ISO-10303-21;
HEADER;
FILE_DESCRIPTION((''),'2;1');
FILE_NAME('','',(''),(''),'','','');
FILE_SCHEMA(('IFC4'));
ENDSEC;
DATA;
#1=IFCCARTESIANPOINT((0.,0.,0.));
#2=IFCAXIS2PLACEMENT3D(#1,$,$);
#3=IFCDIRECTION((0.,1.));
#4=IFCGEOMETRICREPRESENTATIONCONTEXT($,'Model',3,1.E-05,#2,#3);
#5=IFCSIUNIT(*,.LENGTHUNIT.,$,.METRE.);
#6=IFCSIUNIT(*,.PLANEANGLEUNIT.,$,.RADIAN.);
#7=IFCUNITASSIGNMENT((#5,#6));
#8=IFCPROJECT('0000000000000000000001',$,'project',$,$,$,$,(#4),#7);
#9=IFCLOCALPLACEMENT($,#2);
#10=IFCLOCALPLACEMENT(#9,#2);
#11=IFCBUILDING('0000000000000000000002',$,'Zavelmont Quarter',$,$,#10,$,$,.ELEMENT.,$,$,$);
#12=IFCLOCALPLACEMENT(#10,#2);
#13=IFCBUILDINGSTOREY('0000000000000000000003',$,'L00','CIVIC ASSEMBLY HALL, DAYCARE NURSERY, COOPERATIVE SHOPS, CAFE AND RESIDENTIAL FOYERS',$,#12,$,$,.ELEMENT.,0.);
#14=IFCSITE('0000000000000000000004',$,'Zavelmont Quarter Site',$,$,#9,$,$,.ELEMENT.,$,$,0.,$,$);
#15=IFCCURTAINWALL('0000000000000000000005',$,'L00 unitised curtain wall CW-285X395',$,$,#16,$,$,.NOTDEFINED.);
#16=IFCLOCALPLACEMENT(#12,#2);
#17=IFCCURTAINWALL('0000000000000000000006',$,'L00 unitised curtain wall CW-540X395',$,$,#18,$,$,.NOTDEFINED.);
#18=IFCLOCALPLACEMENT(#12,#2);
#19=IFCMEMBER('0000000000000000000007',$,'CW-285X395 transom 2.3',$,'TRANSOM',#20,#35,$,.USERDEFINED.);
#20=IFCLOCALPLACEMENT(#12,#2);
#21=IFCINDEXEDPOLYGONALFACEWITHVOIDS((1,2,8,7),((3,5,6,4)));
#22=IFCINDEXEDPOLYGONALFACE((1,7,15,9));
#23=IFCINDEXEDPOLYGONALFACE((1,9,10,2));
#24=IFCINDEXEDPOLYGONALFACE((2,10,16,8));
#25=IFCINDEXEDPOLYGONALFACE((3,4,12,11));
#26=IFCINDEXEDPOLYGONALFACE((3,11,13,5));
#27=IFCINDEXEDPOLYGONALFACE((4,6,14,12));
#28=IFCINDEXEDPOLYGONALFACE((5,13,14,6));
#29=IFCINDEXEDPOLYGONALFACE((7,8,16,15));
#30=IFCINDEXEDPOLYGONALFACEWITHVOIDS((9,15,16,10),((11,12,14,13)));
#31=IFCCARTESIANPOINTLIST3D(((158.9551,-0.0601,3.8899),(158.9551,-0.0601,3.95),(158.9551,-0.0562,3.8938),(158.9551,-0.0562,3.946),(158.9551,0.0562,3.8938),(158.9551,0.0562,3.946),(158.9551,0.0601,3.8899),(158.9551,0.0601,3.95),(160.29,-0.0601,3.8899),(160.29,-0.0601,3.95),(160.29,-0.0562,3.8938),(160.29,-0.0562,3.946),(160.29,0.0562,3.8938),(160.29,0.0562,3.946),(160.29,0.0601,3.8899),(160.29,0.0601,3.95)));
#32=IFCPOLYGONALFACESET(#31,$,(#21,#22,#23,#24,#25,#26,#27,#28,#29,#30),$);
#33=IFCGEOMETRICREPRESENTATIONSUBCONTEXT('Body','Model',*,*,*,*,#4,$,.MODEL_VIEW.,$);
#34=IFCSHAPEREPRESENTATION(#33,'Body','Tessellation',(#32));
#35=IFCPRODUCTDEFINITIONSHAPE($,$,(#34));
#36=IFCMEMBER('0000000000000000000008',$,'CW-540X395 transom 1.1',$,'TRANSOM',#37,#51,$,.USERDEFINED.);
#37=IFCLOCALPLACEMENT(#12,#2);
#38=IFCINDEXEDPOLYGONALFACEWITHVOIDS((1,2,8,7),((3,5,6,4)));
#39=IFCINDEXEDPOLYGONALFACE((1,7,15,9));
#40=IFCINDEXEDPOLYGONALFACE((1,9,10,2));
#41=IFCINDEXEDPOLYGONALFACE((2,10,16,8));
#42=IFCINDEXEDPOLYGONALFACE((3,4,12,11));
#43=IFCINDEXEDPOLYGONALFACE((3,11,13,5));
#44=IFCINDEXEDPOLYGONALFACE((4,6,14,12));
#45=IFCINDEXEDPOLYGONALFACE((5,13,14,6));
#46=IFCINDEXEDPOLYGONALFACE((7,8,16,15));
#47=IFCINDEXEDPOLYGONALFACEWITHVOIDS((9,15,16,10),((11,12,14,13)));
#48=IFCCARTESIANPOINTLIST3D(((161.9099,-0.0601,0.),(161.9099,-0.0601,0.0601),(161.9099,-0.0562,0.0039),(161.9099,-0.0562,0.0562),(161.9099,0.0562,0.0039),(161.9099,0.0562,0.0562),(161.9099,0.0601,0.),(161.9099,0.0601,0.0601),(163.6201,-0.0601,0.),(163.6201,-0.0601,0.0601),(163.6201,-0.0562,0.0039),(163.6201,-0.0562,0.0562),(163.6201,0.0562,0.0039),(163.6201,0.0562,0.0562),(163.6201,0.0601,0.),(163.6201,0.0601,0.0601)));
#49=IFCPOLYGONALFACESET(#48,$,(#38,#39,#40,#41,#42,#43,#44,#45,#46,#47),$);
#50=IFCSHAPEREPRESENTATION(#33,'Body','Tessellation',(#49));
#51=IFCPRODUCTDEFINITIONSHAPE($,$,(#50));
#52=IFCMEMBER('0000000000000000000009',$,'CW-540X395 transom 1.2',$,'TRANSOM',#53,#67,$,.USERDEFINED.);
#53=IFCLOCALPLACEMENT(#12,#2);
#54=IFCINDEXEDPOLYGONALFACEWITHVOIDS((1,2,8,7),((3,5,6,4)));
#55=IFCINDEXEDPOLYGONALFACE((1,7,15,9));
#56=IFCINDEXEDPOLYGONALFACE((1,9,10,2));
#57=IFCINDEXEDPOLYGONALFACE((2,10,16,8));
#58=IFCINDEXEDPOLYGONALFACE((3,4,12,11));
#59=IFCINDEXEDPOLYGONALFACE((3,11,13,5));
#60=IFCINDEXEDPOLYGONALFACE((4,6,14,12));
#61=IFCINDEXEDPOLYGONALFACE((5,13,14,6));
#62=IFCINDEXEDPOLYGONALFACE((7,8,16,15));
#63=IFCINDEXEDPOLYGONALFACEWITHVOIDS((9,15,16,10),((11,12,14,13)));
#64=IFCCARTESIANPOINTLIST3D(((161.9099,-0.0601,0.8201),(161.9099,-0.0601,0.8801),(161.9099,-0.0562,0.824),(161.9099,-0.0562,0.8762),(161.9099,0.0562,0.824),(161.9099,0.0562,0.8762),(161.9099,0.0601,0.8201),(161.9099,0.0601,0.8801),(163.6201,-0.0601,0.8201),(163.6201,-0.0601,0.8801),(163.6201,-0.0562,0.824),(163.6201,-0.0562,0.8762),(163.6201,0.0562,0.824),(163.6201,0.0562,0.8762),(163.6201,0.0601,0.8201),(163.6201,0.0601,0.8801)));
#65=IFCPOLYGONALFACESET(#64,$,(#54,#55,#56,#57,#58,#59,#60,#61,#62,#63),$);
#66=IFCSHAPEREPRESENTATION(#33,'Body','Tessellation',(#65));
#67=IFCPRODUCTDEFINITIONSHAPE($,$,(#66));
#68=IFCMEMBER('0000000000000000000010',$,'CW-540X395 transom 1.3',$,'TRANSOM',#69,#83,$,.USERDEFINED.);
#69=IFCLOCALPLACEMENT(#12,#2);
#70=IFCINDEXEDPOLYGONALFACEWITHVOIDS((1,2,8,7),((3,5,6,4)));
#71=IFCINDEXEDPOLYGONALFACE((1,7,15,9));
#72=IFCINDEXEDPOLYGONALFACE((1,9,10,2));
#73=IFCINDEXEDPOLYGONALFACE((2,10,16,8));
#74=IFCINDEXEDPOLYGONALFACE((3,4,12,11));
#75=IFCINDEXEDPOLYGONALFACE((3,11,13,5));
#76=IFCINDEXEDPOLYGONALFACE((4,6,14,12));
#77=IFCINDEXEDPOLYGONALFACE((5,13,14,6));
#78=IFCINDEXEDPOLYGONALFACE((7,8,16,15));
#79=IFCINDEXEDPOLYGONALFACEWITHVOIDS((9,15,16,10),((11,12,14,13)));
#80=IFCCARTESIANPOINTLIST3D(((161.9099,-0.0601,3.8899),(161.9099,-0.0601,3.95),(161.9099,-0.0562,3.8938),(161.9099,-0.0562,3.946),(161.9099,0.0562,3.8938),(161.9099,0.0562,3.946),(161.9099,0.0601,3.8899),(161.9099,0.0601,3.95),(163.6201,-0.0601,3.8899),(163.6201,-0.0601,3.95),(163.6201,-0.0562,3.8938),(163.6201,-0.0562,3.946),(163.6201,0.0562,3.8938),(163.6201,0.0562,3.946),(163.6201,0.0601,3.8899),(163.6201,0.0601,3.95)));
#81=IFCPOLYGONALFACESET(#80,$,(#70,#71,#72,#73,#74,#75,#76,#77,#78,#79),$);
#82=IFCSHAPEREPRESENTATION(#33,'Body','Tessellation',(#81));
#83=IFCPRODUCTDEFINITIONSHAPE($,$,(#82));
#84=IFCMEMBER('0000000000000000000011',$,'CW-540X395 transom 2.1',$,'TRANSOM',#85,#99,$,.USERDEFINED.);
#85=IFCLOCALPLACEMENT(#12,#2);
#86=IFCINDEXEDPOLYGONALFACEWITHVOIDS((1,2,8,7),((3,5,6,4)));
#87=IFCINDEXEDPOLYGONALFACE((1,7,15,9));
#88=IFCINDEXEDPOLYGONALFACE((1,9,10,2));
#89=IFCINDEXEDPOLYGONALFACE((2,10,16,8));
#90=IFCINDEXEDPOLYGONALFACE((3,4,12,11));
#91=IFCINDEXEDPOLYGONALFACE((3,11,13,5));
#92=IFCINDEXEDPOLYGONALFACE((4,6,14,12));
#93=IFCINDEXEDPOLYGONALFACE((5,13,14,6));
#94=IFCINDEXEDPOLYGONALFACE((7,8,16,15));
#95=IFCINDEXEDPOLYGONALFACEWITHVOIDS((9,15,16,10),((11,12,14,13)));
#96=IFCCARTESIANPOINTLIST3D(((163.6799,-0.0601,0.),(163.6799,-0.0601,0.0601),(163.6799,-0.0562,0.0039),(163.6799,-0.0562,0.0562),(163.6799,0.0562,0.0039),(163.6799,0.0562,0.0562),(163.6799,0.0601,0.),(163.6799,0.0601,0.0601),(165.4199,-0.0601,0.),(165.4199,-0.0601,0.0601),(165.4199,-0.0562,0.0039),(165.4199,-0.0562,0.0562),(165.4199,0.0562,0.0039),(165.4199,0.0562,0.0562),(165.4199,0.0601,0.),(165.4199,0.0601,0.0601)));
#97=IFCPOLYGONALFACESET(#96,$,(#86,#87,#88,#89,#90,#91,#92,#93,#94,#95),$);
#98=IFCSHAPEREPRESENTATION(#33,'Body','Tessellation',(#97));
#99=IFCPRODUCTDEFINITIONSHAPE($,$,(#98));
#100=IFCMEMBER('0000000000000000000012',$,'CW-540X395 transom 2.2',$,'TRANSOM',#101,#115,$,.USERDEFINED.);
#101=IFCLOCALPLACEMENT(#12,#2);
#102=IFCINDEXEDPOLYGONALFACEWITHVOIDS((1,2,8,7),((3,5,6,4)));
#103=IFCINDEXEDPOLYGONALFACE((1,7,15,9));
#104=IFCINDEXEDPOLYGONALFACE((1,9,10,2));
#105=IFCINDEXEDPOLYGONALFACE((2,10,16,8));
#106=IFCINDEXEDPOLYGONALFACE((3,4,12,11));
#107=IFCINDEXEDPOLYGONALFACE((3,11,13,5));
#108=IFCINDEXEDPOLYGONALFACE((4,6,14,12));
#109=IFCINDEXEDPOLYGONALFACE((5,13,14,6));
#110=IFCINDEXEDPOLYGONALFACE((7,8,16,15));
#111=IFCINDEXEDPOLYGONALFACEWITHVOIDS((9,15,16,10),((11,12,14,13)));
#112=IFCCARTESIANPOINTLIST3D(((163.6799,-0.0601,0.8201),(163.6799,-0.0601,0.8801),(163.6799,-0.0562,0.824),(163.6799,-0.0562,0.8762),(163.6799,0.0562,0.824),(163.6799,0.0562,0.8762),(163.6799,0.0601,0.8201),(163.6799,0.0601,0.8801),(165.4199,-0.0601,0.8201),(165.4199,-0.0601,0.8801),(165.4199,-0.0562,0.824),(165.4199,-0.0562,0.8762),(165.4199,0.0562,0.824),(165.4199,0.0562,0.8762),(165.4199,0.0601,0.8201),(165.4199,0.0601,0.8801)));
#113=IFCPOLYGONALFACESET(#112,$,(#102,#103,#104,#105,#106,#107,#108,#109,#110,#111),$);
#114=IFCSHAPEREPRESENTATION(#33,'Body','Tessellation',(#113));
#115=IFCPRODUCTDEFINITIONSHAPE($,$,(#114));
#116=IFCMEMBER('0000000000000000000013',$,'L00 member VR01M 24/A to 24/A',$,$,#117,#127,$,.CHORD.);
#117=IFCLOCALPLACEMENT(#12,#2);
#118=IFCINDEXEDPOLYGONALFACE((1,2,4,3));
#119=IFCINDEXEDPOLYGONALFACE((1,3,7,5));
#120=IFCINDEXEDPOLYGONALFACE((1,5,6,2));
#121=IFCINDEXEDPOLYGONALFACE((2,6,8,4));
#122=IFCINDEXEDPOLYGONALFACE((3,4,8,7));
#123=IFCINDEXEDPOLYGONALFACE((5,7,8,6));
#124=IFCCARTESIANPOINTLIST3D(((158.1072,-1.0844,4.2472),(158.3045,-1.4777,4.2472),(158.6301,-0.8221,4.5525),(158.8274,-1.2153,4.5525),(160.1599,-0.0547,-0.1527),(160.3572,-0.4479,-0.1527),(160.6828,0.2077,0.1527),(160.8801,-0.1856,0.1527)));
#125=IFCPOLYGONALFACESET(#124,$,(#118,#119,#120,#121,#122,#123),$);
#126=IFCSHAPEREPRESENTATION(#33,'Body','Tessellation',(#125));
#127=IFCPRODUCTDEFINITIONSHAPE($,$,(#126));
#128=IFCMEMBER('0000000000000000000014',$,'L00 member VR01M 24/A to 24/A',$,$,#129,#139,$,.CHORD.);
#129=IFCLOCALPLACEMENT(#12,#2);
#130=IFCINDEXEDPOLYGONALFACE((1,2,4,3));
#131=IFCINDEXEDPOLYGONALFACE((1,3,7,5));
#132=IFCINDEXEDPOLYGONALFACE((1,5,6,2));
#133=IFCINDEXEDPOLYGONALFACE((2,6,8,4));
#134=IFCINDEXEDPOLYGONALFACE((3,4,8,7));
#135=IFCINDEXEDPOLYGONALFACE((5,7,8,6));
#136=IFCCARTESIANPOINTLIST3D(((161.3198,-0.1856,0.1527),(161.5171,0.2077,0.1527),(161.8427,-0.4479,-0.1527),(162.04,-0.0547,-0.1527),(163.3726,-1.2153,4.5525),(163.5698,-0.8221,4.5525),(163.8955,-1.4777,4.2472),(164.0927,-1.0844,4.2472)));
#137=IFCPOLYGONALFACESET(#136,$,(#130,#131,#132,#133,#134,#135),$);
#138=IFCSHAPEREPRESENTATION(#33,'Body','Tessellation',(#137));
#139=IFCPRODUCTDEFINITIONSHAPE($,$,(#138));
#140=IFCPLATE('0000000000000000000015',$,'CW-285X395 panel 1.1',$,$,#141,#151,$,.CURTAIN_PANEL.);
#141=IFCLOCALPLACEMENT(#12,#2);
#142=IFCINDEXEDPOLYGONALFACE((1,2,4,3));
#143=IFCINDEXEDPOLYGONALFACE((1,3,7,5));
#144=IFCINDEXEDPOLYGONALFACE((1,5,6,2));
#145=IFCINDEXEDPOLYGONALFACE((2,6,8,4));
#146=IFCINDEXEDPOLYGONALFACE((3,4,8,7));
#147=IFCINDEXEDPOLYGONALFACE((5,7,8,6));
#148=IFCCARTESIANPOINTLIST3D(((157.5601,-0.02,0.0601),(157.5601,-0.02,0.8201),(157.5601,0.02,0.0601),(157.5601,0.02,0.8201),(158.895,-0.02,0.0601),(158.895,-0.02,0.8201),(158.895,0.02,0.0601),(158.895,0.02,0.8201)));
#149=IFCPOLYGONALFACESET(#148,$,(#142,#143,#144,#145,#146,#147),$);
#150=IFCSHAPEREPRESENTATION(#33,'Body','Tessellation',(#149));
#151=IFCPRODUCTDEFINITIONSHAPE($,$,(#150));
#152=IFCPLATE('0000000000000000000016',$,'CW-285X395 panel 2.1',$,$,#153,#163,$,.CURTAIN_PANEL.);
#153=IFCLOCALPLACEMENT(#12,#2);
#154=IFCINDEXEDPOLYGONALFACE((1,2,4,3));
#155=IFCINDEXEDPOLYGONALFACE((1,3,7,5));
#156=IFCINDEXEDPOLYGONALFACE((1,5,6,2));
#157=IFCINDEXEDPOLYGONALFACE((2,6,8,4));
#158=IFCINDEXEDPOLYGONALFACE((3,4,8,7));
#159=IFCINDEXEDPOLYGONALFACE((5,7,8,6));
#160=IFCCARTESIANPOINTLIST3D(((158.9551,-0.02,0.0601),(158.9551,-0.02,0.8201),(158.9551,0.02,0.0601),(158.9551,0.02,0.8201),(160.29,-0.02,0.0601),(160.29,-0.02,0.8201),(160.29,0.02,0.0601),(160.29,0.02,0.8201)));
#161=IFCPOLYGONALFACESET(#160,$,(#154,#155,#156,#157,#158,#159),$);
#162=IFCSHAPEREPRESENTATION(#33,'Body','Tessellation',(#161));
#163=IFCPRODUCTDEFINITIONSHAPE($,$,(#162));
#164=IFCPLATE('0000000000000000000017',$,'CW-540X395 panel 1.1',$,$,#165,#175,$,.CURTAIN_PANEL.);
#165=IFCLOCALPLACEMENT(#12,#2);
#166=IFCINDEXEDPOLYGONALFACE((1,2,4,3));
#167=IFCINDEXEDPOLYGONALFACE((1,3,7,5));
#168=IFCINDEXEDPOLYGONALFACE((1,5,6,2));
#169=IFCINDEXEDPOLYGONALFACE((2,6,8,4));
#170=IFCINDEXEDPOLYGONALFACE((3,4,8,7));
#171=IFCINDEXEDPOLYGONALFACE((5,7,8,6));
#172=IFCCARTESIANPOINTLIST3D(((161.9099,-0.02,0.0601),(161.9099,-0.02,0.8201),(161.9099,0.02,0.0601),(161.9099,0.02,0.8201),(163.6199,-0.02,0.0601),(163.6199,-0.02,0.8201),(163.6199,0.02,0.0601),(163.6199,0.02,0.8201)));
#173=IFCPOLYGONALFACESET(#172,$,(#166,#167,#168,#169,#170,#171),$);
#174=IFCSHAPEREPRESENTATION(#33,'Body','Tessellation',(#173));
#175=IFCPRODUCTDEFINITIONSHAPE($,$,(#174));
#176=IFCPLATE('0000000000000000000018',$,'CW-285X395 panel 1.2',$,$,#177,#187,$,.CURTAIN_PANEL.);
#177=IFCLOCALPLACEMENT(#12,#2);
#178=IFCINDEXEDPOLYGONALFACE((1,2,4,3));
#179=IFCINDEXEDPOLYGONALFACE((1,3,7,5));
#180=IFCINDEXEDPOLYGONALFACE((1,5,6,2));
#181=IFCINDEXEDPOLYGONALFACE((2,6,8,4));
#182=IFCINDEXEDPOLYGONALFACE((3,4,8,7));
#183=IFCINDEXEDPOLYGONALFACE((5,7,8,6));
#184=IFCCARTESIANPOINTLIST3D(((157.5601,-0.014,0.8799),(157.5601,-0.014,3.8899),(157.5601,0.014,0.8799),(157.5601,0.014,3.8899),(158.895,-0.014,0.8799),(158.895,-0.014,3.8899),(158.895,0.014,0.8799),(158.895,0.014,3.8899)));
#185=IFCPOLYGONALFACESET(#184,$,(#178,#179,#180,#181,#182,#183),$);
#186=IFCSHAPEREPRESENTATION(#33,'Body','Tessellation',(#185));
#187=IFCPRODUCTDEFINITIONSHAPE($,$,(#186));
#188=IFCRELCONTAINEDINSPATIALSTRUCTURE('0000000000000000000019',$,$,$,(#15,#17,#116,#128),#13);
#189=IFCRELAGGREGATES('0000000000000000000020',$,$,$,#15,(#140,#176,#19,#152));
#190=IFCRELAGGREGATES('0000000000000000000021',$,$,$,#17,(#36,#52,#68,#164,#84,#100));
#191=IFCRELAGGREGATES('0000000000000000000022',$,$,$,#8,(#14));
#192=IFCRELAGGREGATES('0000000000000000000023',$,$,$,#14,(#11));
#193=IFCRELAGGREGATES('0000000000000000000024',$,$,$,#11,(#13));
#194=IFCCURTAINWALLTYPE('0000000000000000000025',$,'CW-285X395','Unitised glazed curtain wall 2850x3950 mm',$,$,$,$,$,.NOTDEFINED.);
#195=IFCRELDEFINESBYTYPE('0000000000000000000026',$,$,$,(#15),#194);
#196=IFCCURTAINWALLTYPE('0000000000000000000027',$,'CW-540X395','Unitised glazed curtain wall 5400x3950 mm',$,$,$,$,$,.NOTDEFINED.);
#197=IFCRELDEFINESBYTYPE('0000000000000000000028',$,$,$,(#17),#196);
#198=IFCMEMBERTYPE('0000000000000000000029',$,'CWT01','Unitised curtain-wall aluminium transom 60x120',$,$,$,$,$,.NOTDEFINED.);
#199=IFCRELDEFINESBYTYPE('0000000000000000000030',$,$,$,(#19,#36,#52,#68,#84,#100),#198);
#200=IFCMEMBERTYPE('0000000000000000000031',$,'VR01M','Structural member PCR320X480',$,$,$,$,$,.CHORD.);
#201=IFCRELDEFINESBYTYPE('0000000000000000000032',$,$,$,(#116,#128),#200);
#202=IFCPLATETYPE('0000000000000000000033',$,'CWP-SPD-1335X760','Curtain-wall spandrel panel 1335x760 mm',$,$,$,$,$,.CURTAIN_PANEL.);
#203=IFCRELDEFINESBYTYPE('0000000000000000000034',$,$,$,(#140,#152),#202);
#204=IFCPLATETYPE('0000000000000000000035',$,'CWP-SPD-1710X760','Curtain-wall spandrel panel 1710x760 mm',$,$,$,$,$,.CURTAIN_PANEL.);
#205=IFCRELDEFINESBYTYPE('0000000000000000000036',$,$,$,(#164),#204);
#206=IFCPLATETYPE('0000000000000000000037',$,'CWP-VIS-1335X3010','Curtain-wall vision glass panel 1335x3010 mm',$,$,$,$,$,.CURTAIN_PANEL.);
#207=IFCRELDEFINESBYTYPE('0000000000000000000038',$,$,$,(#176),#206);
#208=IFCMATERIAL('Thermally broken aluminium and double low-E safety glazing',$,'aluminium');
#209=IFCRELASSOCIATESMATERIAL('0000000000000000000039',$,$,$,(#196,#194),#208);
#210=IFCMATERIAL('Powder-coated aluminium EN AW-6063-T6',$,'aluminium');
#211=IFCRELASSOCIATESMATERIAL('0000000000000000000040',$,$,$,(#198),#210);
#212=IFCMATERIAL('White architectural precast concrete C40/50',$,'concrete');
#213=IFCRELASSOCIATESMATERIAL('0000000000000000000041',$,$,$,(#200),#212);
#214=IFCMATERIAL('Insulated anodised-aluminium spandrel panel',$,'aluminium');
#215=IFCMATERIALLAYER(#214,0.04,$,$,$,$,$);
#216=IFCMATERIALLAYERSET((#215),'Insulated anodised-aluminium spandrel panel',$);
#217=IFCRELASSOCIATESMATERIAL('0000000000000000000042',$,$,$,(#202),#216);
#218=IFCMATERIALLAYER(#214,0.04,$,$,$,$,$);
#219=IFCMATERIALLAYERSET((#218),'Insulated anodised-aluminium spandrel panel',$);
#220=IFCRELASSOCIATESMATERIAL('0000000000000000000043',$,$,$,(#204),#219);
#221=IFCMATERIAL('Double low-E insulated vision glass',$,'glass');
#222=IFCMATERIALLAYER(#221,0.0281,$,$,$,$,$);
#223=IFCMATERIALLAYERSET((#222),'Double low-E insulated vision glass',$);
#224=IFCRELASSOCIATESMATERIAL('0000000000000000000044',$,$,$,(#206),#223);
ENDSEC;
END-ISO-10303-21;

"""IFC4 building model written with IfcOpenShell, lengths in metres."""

from ifc_helpers import new_model, si_unit, direction, frame, origin, origin_2d, place, context, subcontext, project, spatial, rectangle, hollow_rectangle, extrude, material, layer, layer_set, material_profile, profile_set, type_object, element, aggregate, save


model = new_model("IFC4")

# Units and contexts
model_context = context("Model", 3, precision=1e-05, world=origin(), true_north=direction((0.0, 1.0)))
body_context = subcontext(model_context, "Body", "Model", "MODEL_VIEW")
ifc_project = project(units=[si_unit("LENGTHUNIT", "METRE"), si_unit("PLANEANGLEUNIT", "RADIAN")], contexts=[model_context])

# Site, building, storey
site_placement = place(None, origin())
site = spatial("IfcSite", under=ifc_project, at=site_placement, Name="Zavelmont Quarter Site", CompositionType="ELEMENT", RefElevation=0.0)
building_placement = place(site_placement, origin())
building = spatial("IfcBuilding", under=site, at=building_placement, Name="Zavelmont Quarter", CompositionType="ELEMENT")
storey_placement = place(building_placement, origin())
storey = spatial("IfcBuildingStorey", under=building, at=storey_placement, Name="L00", Description="CIVIC ASSEMBLY HALL, DAYCARE NURSERY, COOPERATIVE SHOPS, CAFE AND RESIDENTIAL FOYERS", CompositionType="ELEMENT", Elevation=0.0)

# Shared definitions
ifc_material_1 = material(Name="Thermally broken aluminium and double low-E safety glazing", Category="aluminium")
curtain_wall_type_1 = type_object("IfcCurtainWallType", Name="CW-540X395", Description="Unitised glazed curtain wall 5400x3950 mm", PredefinedType="NOTDEFINED", material=ifc_material_1)
ifc_material_2 = material(Name="Powder-coated aluminium EN AW-6063-T6", Category="aluminium")

# Curtain walls
curtain_wall_type_2 = type_object("IfcCurtainWallType", Name="CW-285X395", Description="Unitised glazed curtain wall 2850x3950 mm", PredefinedType="NOTDEFINED", material=ifc_material_1)
curtain_wall_1_placement = place(storey_placement, origin())
curtain_wall_1 = element("IfcCurtainWall", 1, at=curtain_wall_1_placement, inside=storey, type_object=curtain_wall_type_2, Name="L00 unitised curtain wall CW-285X395", PredefinedType="NOTDEFINED")
curtain_wall_2_placement = place(storey_placement, origin())
curtain_wall_2 = element("IfcCurtainWall", 2, at=curtain_wall_2_placement, inside=storey, type_object=curtain_wall_type_1, Name="L00 unitised curtain wall CW-540X395", PredefinedType="NOTDEFINED")

# Members
ifc_material_profile_1 = material_profile(ifc_material_2, hollow_rectangle(XDim=0.1201, YDim=0.0601, WallThickness=0.0039, at=origin_2d()), Name="CWT60X120")
ifc_profile_set_1 = profile_set([ifc_material_profile_1], Name="Powder-coated aluminium EN AW-6063-T6")
member_type_1 = type_object("IfcMemberType", Name="CWT01", Description="Unitised curtain-wall aluminium transom 60x120", PredefinedType="NOTDEFINED", material=ifc_profile_set_1)
member_1_placement = place(storey_placement, frame((158.9551, 0.0, 3.9199), z_axis=(1.0, 0.0, 0.0), x_axis=(0.0, 1.0, 0.0)))
member_1 = element("IfcMember", 3, at=member_1_placement, type_object=member_type_1, Name="CW-285X395 transom 2.3", ObjectType="TRANSOM", PredefinedType="USERDEFINED", context=body_context, shape_type="SweptSolid", body=[
    extrude(hollow_rectangle(XDim=0.1201, YDim=0.0601, WallThickness=0.0039, at=origin_2d()), origin(), (0.0, 0.0, 1.0), 1.335),
])
member_2_placement = place(storey_placement, frame((161.9099, 0.0, 0.03), z_axis=(1.0, 0.0, 0.0), x_axis=(0.0, 1.0, 0.0)))
member_2 = element("IfcMember", 4, at=member_2_placement, type_object=member_type_1, Name="CW-540X395 transom 1.1", ObjectType="TRANSOM", PredefinedType="USERDEFINED", context=body_context, shape_type="SweptSolid", body=[
    extrude(hollow_rectangle(XDim=0.1201, YDim=0.0601, WallThickness=0.0039, at=origin_2d()), origin(), (0.0, 0.0, 1.0), 1.7102),
])
member_3_placement = place(storey_placement, frame((161.9099, 0.0, 0.8501), z_axis=(1.0, 0.0, 0.0), x_axis=(0.0, 1.0, 0.0)))
member_3 = element("IfcMember", 5, at=member_3_placement, type_object=member_type_1, Name="CW-540X395 transom 1.2", ObjectType="TRANSOM", PredefinedType="USERDEFINED", context=body_context, shape_type="SweptSolid", body=[
    extrude(hollow_rectangle(XDim=0.1201, YDim=0.0601, WallThickness=0.0039, at=origin_2d()), origin(), (0.0, 0.0, 1.0), 1.7102),
])
member_4_placement = place(storey_placement, frame((161.9099, 0.0, 3.9199), z_axis=(1.0, 0.0, 0.0), x_axis=(0.0, 1.0, 0.0)))
member_4 = element("IfcMember", 6, at=member_4_placement, type_object=member_type_1, Name="CW-540X395 transom 1.3", ObjectType="TRANSOM", PredefinedType="USERDEFINED", context=body_context, shape_type="SweptSolid", body=[
    extrude(hollow_rectangle(XDim=0.1201, YDim=0.0601, WallThickness=0.0039, at=origin_2d()), origin(), (0.0, 0.0, 1.0), 1.7102),
])
member_5_placement = place(storey_placement, frame((163.6799, 0.0, 0.03), z_axis=(1.0, 0.0, 0.0), x_axis=(0.0, 1.0, 0.0)))
member_5 = element("IfcMember", 7, at=member_5_placement, type_object=member_type_1, Name="CW-540X395 transom 2.1", ObjectType="TRANSOM", PredefinedType="USERDEFINED", context=body_context, shape_type="SweptSolid", body=[
    extrude(hollow_rectangle(XDim=0.1201, YDim=0.0601, WallThickness=0.0039, at=origin_2d()), origin(), (0.0, 0.0, 1.0), 1.74),
])
member_6_placement = place(storey_placement, frame((163.6799, 0.0, 0.8501), z_axis=(1.0, 0.0, 0.0), x_axis=(0.0, 1.0, 0.0)))
member_6 = element("IfcMember", 8, at=member_6_placement, type_object=member_type_1, Name="CW-540X395 transom 2.2", ObjectType="TRANSOM", PredefinedType="USERDEFINED", context=body_context, shape_type="SweptSolid", body=[
    extrude(hollow_rectangle(XDim=0.1201, YDim=0.0601, WallThickness=0.0039, at=origin_2d()), origin(), (0.0, 0.0, 1.0), 1.74),
])

# Members
ifc_material_3 = material(Name="White architectural precast concrete C40/50", Category="concrete")
ifc_material_profile_2 = material_profile(ifc_material_3, rectangle(XDim=0.4399, YDim=0.6599, at=origin_2d()), Name="PCR320X480")
ifc_profile_set_2 = profile_set([ifc_material_profile_2], Name="White architectural precast concrete C40/50")
member_type_2 = type_object("IfcMemberType", Name="VR01M", Description="Structural member PCR320X480", PredefinedType="CHORD", material=ifc_profile_set_2)
for number, where, z_axis, x_axis, name in (
    (9, (160.52, -0.1201, 0.0), (-0.413591, -0.207484, 0.886506), (0.448404, -0.893831, 0.0), "L00 member VR01M 24/A to 24/A"),
    (10, (161.6799, -0.1201, 0.0), (0.413591, -0.207484, 0.886506), (0.448404, 0.893831, 0.0), "L00 member VR01M 24/A to 24/A"),
):
    element("IfcMember", number, at=place(storey_placement, frame(where, z_axis=z_axis, x_axis=x_axis)), inside=storey, type_object=member_type_2, Name=name, PredefinedType="CHORD", context=body_context, shape_type="SweptSolid", body=[
        extrude(rectangle(XDim=0.4399, YDim=0.6599, at=origin_2d()), origin(), (0.0, 0.0, 1.0), 4.9631),
    ])

# Plates
ifc_material_4 = material(Name="Insulated anodised-aluminium spandrel panel", Category="aluminium")
ifc_layer_1 = layer(ifc_material_4, 0.04)
ifc_layer_set_1 = layer_set([ifc_layer_1], Name="Insulated anodised-aluminium spandrel panel")
plate_type_1 = type_object("IfcPlateType", Name="CWP-SPD-1335X760", Description="Curtain-wall spandrel panel 1335x760 mm", PredefinedType="CURTAIN_PANEL", material=ifc_layer_set_1)
plate_1_placement = place(storey_placement, frame((158.2275, 0.0, 0.0601), z_axis=(0.0, 0.0, 1.0), x_axis=(1.0, 0.0, 0.0)))
plate_1 = element("IfcPlate", 11, at=plate_1_placement, type_object=plate_type_1, Name="CW-285X395 panel 1.1", PredefinedType="CURTAIN_PANEL", context=body_context, shape_type="SweptSolid", body=[
    extrude(rectangle(XDim=1.335, YDim=0.04, at=origin_2d()), origin(), (0.0, 0.0, 1.0), 0.76),
])
plate_2_placement = place(storey_placement, frame((159.6226, 0.0, 0.0601), z_axis=(0.0, 0.0, 1.0), x_axis=(1.0, 0.0, 0.0)))
plate_2 = element("IfcPlate", 12, at=plate_2_placement, type_object=plate_type_1, Name="CW-285X395 panel 2.1", PredefinedType="CURTAIN_PANEL", context=body_context, shape_type="SweptSolid", body=[
    extrude(rectangle(XDim=1.335, YDim=0.04, at=origin_2d()), origin(), (0.0, 0.0, 1.0), 0.76),
])
ifc_layer_2 = layer(ifc_material_4, 0.04)
ifc_layer_set_2 = layer_set([ifc_layer_2], Name="Insulated anodised-aluminium spandrel panel")
plate_type_2 = type_object("IfcPlateType", Name="CWP-SPD-1710X760", Description="Curtain-wall spandrel panel 1710x760 mm", PredefinedType="CURTAIN_PANEL", material=ifc_layer_set_2)
plate_3_placement = place(storey_placement, frame((162.7649, 0.0, 0.0601), z_axis=(0.0, 0.0, 1.0), x_axis=(1.0, 0.0, 0.0)))
plate_3 = element("IfcPlate", 13, at=plate_3_placement, type_object=plate_type_2, Name="CW-540X395 panel 1.1", PredefinedType="CURTAIN_PANEL", context=body_context, shape_type="SweptSolid", body=[
    extrude(rectangle(XDim=1.71, YDim=0.04, at=origin_2d()), origin(), (0.0, 0.0, 1.0), 0.76),
])
ifc_material_5 = material(Name="Double low-E insulated vision glass", Category="glass")
ifc_layer_3 = layer(ifc_material_5, 0.0281)
ifc_layer_set_3 = layer_set([ifc_layer_3], Name="Double low-E insulated vision glass")
plate_type_3 = type_object("IfcPlateType", Name="CWP-VIS-1335X3010", Description="Curtain-wall vision glass panel 1335x3010 mm", PredefinedType="CURTAIN_PANEL", material=ifc_layer_set_3)
plate_4_placement = place(storey_placement, frame((158.2275, 0.0, 0.8799), z_axis=(0.0, 0.0, 1.0), x_axis=(1.0, 0.0, 0.0)))
plate_4 = element("IfcPlate", 14, at=plate_4_placement, type_object=plate_type_3, Name="CW-285X395 panel 1.2", PredefinedType="CURTAIN_PANEL", context=body_context, shape_type="SweptSolid", body=[
    extrude(rectangle(XDim=1.335, YDim=0.0281, at=origin_2d()), origin(), (0.0, 0.0, 1.0), 3.01),
])
aggregate(curtain_wall_1, [plate_1, plate_4, member_1, plate_2])
aggregate(curtain_wall_2, [member_2, member_3, member_4, plate_3, member_5, member_6])

save(model, "model.ifc")
